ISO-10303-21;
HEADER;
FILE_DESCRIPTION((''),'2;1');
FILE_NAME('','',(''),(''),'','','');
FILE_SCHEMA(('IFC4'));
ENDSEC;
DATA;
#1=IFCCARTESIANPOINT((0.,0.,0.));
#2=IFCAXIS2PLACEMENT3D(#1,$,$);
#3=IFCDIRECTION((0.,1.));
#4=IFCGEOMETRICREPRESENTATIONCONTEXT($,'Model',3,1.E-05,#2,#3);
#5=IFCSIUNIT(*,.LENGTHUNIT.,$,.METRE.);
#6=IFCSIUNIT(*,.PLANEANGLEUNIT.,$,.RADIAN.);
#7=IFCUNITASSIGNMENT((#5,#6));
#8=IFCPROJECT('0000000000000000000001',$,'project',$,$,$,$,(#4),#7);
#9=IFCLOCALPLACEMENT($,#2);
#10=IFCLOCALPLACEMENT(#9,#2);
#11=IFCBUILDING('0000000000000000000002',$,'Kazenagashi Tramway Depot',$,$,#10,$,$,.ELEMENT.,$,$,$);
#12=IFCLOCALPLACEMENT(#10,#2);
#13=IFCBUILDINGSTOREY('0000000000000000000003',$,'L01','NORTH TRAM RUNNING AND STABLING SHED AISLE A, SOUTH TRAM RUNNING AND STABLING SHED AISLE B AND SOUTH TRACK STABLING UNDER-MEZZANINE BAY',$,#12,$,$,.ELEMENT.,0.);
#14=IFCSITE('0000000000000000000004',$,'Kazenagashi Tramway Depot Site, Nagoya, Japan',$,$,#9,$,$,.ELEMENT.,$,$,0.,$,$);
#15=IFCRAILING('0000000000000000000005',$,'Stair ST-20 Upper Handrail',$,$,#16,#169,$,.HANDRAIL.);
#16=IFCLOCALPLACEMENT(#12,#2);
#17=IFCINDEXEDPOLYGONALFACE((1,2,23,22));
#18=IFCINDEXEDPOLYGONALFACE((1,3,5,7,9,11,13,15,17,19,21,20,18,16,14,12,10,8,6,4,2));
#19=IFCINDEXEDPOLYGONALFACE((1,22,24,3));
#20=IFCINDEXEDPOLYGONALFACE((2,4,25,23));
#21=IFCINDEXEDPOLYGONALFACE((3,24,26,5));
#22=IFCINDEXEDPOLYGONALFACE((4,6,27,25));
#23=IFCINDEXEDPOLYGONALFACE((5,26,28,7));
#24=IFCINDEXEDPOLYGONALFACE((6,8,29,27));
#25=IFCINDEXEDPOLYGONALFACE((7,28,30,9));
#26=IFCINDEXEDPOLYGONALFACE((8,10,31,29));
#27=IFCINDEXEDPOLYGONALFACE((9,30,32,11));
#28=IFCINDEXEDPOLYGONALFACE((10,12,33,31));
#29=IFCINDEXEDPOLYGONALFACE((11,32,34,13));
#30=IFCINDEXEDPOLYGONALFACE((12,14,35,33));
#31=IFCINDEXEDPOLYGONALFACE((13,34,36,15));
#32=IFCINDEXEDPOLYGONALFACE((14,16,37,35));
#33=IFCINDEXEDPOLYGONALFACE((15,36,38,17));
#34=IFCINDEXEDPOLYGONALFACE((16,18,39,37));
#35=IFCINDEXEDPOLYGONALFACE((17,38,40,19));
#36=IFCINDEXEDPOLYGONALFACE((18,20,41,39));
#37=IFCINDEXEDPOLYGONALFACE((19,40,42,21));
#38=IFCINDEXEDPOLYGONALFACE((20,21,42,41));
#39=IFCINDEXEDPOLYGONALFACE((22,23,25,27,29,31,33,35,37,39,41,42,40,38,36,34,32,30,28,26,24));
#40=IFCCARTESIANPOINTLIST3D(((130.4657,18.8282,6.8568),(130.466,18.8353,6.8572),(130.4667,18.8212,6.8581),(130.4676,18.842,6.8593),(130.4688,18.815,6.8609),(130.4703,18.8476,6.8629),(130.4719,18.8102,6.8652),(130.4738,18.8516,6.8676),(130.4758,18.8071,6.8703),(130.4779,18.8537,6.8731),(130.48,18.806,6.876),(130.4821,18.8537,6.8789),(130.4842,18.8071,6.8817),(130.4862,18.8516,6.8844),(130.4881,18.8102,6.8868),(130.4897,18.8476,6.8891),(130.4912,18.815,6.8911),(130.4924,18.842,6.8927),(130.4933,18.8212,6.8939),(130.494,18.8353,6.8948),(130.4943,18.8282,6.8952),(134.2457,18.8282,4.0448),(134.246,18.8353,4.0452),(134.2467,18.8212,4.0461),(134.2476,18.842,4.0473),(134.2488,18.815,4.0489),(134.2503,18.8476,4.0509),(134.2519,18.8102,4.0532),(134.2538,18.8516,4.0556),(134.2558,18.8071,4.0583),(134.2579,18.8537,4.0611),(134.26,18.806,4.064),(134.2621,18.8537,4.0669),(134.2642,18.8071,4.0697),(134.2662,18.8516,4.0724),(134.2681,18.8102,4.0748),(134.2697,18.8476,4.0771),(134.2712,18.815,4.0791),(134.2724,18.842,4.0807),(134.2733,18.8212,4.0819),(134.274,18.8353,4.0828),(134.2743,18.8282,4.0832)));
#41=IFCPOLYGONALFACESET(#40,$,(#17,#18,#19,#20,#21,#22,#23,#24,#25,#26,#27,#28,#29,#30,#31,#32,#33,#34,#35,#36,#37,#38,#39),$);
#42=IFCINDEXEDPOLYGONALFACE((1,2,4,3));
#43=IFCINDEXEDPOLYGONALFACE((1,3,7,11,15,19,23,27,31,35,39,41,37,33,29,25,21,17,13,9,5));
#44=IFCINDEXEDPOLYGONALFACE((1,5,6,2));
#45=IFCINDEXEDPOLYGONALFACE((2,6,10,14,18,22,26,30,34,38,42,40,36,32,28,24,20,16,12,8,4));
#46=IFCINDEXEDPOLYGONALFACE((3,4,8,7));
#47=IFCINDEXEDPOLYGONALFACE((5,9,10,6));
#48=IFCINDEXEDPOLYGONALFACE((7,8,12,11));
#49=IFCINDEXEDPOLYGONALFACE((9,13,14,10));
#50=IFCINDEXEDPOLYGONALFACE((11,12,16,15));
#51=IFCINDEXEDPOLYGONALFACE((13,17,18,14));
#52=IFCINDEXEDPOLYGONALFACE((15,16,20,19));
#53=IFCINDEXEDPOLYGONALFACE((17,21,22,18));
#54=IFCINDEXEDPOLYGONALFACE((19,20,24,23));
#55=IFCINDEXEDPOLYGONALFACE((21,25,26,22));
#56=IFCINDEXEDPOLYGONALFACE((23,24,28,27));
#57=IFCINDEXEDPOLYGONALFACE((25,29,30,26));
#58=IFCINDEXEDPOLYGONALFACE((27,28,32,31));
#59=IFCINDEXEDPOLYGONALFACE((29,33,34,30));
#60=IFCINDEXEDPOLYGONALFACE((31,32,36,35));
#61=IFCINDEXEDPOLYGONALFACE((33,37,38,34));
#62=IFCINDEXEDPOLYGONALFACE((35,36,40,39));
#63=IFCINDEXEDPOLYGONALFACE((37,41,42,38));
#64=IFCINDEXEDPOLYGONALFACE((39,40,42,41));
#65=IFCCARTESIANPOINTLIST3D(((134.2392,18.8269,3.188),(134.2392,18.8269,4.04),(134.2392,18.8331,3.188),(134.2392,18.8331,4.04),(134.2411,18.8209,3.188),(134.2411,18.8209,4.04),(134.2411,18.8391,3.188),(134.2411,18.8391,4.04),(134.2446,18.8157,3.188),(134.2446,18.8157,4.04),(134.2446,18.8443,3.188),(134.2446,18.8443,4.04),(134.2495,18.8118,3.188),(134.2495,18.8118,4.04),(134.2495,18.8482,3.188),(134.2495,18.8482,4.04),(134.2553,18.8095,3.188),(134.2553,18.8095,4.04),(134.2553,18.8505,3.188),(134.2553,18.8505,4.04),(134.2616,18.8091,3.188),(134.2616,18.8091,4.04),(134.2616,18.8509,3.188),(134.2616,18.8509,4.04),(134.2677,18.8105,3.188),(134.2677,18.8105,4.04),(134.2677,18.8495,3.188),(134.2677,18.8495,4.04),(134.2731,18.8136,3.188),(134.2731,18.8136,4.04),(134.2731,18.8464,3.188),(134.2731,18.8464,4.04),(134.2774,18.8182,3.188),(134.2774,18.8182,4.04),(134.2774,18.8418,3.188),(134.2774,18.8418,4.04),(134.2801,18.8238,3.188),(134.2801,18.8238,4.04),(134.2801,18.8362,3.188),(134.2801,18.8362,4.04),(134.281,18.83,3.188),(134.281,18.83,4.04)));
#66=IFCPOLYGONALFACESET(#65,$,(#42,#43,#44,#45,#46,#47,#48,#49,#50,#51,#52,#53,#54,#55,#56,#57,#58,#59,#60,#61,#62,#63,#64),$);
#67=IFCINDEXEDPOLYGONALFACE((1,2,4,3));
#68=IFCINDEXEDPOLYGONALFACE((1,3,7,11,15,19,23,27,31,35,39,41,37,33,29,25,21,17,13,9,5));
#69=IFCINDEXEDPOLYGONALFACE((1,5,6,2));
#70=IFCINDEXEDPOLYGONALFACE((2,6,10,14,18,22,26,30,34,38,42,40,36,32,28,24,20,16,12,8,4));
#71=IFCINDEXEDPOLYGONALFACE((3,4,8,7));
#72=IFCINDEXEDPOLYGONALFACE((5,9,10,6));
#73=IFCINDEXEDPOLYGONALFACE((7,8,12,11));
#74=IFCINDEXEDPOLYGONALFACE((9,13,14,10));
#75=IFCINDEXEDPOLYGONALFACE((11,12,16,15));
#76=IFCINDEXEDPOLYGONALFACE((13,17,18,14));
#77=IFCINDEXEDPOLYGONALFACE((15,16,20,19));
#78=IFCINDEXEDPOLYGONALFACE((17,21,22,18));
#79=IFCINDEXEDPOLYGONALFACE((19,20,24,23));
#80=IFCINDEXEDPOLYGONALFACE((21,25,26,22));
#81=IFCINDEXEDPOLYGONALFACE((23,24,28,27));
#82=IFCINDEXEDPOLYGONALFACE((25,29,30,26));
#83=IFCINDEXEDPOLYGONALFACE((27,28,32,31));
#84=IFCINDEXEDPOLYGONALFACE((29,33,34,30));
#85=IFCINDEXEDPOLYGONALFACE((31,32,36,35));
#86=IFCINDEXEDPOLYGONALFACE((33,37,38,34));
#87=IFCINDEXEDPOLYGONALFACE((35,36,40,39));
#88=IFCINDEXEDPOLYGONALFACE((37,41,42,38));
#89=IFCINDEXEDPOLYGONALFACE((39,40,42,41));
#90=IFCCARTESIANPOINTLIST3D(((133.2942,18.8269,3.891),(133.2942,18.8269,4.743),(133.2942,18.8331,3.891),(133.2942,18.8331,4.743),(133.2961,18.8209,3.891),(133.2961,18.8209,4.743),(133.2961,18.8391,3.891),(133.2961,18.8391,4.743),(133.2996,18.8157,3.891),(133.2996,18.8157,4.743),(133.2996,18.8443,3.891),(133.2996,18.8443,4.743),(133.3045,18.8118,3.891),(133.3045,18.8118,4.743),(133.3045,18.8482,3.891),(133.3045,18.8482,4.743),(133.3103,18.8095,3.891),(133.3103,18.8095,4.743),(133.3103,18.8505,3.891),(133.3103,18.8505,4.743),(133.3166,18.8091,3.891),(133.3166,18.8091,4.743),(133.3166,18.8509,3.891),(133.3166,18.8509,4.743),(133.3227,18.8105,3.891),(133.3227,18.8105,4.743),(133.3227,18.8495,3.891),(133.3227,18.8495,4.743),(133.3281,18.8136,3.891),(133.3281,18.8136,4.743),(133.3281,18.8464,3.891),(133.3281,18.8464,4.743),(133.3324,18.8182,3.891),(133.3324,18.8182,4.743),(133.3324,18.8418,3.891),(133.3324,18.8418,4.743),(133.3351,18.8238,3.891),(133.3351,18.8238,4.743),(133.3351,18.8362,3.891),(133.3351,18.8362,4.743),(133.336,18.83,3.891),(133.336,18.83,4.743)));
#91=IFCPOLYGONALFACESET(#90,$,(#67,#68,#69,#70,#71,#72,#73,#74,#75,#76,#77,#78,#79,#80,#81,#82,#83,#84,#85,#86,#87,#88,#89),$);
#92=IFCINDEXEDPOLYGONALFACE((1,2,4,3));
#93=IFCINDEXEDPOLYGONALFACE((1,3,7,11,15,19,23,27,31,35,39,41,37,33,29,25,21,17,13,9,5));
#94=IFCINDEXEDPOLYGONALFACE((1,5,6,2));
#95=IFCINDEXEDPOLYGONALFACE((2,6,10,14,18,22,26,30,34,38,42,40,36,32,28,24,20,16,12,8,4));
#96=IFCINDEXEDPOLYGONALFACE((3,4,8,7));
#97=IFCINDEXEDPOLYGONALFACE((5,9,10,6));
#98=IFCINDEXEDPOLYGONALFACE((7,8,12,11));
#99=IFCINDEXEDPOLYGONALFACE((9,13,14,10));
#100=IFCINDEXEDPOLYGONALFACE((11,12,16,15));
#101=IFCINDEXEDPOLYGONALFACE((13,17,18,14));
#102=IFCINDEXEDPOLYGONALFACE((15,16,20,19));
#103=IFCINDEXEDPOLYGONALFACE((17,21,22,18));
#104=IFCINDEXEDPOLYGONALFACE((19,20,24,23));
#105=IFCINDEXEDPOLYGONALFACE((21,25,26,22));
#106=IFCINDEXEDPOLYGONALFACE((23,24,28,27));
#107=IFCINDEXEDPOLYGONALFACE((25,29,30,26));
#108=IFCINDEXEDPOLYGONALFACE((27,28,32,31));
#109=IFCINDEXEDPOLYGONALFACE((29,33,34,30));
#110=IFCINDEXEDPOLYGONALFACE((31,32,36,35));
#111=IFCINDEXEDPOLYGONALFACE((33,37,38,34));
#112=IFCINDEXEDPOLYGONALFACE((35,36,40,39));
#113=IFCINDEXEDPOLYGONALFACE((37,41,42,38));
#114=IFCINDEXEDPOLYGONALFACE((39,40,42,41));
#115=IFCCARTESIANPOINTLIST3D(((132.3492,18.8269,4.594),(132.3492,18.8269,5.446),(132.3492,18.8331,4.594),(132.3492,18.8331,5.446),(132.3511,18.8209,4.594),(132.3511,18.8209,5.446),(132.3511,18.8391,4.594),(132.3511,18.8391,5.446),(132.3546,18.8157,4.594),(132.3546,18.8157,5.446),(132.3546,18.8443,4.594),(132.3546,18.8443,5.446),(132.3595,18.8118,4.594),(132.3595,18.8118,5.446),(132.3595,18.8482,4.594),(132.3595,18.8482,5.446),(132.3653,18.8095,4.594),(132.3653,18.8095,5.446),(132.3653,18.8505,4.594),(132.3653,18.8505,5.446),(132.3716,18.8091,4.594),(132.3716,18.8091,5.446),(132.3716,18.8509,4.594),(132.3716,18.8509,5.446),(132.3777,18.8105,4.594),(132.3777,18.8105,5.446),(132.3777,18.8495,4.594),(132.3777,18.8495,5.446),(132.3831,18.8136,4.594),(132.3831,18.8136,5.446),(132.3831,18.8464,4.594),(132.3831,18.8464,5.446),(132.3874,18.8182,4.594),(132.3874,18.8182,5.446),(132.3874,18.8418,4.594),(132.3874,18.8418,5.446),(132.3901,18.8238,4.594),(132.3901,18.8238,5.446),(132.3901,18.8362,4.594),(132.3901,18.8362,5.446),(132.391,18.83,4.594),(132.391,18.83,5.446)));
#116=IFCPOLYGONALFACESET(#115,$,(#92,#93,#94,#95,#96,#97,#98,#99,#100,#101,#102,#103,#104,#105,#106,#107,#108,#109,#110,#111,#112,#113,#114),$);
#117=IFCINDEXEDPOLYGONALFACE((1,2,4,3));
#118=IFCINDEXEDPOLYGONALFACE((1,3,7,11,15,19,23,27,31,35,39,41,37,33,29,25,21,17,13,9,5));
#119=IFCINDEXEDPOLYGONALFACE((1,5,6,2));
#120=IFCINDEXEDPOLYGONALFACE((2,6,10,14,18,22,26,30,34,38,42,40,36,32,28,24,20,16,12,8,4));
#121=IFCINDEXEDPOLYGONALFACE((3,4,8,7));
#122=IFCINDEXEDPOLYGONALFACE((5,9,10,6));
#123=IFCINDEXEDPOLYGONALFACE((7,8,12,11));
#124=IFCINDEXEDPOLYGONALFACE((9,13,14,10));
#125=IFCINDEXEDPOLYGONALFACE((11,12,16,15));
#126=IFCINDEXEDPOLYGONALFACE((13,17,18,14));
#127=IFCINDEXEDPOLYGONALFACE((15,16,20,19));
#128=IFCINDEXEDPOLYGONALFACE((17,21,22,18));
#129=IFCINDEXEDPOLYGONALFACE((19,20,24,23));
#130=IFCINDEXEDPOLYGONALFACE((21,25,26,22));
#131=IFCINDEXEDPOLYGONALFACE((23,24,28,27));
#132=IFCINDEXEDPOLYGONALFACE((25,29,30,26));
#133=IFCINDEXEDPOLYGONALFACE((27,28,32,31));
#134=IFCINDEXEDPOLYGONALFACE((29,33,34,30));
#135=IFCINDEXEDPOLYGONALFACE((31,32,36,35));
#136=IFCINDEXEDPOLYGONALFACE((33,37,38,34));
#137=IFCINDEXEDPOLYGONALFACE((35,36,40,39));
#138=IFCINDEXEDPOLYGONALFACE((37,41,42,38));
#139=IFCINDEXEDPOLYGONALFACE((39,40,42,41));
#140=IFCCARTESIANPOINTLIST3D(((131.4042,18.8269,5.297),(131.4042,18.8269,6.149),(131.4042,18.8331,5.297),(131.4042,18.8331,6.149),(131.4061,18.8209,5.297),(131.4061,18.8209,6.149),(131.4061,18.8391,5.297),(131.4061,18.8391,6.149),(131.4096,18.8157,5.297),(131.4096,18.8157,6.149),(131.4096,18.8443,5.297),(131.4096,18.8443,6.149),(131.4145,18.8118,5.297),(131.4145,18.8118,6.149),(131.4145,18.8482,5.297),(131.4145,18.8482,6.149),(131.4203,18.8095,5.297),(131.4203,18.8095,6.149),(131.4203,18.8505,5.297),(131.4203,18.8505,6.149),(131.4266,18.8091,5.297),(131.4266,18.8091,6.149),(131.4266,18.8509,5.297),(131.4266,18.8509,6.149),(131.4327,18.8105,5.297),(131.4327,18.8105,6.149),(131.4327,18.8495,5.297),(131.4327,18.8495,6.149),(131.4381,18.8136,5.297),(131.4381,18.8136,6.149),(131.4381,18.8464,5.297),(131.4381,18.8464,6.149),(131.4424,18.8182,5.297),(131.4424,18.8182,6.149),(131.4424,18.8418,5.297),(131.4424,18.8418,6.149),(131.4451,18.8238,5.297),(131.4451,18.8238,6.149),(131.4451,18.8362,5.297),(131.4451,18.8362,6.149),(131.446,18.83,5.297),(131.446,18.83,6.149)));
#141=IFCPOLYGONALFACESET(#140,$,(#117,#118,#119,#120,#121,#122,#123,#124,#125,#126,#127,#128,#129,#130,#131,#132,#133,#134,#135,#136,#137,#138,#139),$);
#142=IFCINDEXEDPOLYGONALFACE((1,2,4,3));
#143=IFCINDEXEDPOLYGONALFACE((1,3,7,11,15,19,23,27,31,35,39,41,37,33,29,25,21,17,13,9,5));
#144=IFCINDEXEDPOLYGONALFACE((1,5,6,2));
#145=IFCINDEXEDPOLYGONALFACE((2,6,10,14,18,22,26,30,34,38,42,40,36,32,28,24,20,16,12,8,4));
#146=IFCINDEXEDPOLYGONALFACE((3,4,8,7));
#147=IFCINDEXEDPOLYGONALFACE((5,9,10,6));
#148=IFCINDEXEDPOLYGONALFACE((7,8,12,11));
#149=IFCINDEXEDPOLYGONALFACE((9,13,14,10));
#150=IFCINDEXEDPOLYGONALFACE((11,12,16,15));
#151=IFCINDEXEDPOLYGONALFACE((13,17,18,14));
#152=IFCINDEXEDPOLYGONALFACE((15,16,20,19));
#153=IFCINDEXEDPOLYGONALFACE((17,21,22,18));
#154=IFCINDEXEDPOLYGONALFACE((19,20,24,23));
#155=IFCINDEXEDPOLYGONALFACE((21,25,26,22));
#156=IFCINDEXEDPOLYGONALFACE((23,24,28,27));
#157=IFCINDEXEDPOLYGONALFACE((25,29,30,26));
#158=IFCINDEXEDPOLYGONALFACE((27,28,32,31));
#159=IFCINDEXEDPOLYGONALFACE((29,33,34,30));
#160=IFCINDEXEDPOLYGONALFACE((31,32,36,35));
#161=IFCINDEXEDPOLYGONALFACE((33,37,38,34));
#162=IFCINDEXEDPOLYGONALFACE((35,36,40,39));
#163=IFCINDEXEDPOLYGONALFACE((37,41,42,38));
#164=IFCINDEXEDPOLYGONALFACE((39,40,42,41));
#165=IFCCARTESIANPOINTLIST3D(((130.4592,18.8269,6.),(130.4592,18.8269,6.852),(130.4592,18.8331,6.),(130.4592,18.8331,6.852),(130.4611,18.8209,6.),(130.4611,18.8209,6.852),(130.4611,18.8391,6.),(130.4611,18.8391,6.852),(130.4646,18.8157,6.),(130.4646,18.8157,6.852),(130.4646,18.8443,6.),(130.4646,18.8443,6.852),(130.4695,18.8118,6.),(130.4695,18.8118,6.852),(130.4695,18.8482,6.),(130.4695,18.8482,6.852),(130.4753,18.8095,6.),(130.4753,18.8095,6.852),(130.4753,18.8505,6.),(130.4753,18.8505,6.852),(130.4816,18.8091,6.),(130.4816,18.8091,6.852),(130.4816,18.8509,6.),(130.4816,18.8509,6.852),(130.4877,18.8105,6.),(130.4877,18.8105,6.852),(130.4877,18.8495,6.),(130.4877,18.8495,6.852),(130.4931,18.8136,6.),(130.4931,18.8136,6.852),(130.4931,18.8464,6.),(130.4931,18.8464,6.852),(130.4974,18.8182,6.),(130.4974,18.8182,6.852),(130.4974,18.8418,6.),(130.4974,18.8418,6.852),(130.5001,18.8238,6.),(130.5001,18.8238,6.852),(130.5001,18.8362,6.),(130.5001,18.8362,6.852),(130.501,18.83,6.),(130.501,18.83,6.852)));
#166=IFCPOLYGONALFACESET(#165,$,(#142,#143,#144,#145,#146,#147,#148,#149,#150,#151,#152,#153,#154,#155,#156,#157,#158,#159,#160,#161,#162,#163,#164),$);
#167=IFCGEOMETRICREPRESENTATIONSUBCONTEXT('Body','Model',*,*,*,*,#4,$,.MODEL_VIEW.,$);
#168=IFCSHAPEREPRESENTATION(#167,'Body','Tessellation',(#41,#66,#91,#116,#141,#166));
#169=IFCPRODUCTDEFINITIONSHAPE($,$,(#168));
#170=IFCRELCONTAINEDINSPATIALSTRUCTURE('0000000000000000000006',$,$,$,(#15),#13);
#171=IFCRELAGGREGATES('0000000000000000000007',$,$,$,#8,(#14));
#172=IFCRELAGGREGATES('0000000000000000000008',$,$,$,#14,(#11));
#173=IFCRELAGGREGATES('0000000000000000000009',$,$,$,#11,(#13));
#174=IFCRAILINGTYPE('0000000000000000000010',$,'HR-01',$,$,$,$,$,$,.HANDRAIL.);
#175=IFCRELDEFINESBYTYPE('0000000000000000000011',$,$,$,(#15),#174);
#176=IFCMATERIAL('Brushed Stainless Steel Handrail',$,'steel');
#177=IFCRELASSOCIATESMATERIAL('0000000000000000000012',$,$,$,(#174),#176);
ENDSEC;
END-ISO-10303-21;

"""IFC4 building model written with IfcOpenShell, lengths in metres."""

from ifc_helpers import new_model, si_unit, direction, frame, origin, origin_2d, place, context, subcontext, project, spatial, circle, extrude, material, type_object, element, save


model = new_model("IFC4")

# Units and contexts
model_context = context("Model", 3, precision=1e-05, world=origin(), true_north=direction((0.0, 1.0)))
body_context = subcontext(model_context, "Body", "Model", "MODEL_VIEW")
ifc_project = project(units=[si_unit("LENGTHUNIT", "METRE"), si_unit("PLANEANGLEUNIT", "RADIAN")], contexts=[model_context])

# Site, building, storey
site_placement = place(None, origin())
site = spatial("IfcSite", under=ifc_project, at=site_placement, Name="Kazenagashi Tramway Depot Site, Nagoya, Japan", CompositionType="ELEMENT", RefElevation=0.0)
building_placement = place(site_placement, origin())
building = spatial("IfcBuilding", under=site, at=building_placement, Name="Kazenagashi Tramway Depot", CompositionType="ELEMENT")
storey_placement = place(building_placement, origin())
storey = spatial("IfcBuildingStorey", under=building, at=storey_placement, Name="L01", Description="NORTH TRAM RUNNING AND STABLING SHED AISLE A, SOUTH TRAM RUNNING AND STABLING SHED AISLE B AND SOUTH TRACK STABLING UNDER-MEZZANINE BAY", CompositionType="ELEMENT", Elevation=0.0)

# Railing
ifc_material_1 = material(Name="Brushed Stainless Steel Handrail", Category="steel")
railing_type_1 = type_object("IfcRailingType", Name="HR-01", PredefinedType="HANDRAIL", material=ifc_material_1)
railing_1_placement = place(storey_placement, frame((134.26, 18.83, 3.188)))
element("IfcRailing", 1, at=railing_1_placement, inside=storey, type_object=railing_type_1, Name="Stair ST-20 Upper Handrail", PredefinedType="HANDRAIL", context=body_context, shape_type="SweptSolid", body=[
    extrude(circle(Radius=0.024, at=origin_2d()), frame((0.0, 0.0, 0.876), z_axis=(-0.802337, 0.0, 0.596871), x_axis=(0.0, -1.0, 0.0)), (0.0, 0.0, 1.0), 4.7112),
    extrude(circle(Radius=0.021, at=origin_2d()), origin(), (0.0, 0.0, 1.0), 0.852),
    extrude(circle(Radius=0.021, at=origin_2d()), frame((-0.945, 0.0, 0.703)), (0.0, 0.0, 1.0), 0.852),
    extrude(circle(Radius=0.021, at=origin_2d()), frame((-1.89, 0.0, 1.406)), (0.0, 0.0, 1.0), 0.852),
    extrude(circle(Radius=0.021, at=origin_2d()), frame((-2.835, 0.0, 2.109)), (0.0, 0.0, 1.0), 0.852),
    extrude(circle(Radius=0.021, at=origin_2d()), frame((-3.78, 0.0, 2.812)), (0.0, 0.0, 1.0), 0.852),
])

save(model, "model.ifc")
